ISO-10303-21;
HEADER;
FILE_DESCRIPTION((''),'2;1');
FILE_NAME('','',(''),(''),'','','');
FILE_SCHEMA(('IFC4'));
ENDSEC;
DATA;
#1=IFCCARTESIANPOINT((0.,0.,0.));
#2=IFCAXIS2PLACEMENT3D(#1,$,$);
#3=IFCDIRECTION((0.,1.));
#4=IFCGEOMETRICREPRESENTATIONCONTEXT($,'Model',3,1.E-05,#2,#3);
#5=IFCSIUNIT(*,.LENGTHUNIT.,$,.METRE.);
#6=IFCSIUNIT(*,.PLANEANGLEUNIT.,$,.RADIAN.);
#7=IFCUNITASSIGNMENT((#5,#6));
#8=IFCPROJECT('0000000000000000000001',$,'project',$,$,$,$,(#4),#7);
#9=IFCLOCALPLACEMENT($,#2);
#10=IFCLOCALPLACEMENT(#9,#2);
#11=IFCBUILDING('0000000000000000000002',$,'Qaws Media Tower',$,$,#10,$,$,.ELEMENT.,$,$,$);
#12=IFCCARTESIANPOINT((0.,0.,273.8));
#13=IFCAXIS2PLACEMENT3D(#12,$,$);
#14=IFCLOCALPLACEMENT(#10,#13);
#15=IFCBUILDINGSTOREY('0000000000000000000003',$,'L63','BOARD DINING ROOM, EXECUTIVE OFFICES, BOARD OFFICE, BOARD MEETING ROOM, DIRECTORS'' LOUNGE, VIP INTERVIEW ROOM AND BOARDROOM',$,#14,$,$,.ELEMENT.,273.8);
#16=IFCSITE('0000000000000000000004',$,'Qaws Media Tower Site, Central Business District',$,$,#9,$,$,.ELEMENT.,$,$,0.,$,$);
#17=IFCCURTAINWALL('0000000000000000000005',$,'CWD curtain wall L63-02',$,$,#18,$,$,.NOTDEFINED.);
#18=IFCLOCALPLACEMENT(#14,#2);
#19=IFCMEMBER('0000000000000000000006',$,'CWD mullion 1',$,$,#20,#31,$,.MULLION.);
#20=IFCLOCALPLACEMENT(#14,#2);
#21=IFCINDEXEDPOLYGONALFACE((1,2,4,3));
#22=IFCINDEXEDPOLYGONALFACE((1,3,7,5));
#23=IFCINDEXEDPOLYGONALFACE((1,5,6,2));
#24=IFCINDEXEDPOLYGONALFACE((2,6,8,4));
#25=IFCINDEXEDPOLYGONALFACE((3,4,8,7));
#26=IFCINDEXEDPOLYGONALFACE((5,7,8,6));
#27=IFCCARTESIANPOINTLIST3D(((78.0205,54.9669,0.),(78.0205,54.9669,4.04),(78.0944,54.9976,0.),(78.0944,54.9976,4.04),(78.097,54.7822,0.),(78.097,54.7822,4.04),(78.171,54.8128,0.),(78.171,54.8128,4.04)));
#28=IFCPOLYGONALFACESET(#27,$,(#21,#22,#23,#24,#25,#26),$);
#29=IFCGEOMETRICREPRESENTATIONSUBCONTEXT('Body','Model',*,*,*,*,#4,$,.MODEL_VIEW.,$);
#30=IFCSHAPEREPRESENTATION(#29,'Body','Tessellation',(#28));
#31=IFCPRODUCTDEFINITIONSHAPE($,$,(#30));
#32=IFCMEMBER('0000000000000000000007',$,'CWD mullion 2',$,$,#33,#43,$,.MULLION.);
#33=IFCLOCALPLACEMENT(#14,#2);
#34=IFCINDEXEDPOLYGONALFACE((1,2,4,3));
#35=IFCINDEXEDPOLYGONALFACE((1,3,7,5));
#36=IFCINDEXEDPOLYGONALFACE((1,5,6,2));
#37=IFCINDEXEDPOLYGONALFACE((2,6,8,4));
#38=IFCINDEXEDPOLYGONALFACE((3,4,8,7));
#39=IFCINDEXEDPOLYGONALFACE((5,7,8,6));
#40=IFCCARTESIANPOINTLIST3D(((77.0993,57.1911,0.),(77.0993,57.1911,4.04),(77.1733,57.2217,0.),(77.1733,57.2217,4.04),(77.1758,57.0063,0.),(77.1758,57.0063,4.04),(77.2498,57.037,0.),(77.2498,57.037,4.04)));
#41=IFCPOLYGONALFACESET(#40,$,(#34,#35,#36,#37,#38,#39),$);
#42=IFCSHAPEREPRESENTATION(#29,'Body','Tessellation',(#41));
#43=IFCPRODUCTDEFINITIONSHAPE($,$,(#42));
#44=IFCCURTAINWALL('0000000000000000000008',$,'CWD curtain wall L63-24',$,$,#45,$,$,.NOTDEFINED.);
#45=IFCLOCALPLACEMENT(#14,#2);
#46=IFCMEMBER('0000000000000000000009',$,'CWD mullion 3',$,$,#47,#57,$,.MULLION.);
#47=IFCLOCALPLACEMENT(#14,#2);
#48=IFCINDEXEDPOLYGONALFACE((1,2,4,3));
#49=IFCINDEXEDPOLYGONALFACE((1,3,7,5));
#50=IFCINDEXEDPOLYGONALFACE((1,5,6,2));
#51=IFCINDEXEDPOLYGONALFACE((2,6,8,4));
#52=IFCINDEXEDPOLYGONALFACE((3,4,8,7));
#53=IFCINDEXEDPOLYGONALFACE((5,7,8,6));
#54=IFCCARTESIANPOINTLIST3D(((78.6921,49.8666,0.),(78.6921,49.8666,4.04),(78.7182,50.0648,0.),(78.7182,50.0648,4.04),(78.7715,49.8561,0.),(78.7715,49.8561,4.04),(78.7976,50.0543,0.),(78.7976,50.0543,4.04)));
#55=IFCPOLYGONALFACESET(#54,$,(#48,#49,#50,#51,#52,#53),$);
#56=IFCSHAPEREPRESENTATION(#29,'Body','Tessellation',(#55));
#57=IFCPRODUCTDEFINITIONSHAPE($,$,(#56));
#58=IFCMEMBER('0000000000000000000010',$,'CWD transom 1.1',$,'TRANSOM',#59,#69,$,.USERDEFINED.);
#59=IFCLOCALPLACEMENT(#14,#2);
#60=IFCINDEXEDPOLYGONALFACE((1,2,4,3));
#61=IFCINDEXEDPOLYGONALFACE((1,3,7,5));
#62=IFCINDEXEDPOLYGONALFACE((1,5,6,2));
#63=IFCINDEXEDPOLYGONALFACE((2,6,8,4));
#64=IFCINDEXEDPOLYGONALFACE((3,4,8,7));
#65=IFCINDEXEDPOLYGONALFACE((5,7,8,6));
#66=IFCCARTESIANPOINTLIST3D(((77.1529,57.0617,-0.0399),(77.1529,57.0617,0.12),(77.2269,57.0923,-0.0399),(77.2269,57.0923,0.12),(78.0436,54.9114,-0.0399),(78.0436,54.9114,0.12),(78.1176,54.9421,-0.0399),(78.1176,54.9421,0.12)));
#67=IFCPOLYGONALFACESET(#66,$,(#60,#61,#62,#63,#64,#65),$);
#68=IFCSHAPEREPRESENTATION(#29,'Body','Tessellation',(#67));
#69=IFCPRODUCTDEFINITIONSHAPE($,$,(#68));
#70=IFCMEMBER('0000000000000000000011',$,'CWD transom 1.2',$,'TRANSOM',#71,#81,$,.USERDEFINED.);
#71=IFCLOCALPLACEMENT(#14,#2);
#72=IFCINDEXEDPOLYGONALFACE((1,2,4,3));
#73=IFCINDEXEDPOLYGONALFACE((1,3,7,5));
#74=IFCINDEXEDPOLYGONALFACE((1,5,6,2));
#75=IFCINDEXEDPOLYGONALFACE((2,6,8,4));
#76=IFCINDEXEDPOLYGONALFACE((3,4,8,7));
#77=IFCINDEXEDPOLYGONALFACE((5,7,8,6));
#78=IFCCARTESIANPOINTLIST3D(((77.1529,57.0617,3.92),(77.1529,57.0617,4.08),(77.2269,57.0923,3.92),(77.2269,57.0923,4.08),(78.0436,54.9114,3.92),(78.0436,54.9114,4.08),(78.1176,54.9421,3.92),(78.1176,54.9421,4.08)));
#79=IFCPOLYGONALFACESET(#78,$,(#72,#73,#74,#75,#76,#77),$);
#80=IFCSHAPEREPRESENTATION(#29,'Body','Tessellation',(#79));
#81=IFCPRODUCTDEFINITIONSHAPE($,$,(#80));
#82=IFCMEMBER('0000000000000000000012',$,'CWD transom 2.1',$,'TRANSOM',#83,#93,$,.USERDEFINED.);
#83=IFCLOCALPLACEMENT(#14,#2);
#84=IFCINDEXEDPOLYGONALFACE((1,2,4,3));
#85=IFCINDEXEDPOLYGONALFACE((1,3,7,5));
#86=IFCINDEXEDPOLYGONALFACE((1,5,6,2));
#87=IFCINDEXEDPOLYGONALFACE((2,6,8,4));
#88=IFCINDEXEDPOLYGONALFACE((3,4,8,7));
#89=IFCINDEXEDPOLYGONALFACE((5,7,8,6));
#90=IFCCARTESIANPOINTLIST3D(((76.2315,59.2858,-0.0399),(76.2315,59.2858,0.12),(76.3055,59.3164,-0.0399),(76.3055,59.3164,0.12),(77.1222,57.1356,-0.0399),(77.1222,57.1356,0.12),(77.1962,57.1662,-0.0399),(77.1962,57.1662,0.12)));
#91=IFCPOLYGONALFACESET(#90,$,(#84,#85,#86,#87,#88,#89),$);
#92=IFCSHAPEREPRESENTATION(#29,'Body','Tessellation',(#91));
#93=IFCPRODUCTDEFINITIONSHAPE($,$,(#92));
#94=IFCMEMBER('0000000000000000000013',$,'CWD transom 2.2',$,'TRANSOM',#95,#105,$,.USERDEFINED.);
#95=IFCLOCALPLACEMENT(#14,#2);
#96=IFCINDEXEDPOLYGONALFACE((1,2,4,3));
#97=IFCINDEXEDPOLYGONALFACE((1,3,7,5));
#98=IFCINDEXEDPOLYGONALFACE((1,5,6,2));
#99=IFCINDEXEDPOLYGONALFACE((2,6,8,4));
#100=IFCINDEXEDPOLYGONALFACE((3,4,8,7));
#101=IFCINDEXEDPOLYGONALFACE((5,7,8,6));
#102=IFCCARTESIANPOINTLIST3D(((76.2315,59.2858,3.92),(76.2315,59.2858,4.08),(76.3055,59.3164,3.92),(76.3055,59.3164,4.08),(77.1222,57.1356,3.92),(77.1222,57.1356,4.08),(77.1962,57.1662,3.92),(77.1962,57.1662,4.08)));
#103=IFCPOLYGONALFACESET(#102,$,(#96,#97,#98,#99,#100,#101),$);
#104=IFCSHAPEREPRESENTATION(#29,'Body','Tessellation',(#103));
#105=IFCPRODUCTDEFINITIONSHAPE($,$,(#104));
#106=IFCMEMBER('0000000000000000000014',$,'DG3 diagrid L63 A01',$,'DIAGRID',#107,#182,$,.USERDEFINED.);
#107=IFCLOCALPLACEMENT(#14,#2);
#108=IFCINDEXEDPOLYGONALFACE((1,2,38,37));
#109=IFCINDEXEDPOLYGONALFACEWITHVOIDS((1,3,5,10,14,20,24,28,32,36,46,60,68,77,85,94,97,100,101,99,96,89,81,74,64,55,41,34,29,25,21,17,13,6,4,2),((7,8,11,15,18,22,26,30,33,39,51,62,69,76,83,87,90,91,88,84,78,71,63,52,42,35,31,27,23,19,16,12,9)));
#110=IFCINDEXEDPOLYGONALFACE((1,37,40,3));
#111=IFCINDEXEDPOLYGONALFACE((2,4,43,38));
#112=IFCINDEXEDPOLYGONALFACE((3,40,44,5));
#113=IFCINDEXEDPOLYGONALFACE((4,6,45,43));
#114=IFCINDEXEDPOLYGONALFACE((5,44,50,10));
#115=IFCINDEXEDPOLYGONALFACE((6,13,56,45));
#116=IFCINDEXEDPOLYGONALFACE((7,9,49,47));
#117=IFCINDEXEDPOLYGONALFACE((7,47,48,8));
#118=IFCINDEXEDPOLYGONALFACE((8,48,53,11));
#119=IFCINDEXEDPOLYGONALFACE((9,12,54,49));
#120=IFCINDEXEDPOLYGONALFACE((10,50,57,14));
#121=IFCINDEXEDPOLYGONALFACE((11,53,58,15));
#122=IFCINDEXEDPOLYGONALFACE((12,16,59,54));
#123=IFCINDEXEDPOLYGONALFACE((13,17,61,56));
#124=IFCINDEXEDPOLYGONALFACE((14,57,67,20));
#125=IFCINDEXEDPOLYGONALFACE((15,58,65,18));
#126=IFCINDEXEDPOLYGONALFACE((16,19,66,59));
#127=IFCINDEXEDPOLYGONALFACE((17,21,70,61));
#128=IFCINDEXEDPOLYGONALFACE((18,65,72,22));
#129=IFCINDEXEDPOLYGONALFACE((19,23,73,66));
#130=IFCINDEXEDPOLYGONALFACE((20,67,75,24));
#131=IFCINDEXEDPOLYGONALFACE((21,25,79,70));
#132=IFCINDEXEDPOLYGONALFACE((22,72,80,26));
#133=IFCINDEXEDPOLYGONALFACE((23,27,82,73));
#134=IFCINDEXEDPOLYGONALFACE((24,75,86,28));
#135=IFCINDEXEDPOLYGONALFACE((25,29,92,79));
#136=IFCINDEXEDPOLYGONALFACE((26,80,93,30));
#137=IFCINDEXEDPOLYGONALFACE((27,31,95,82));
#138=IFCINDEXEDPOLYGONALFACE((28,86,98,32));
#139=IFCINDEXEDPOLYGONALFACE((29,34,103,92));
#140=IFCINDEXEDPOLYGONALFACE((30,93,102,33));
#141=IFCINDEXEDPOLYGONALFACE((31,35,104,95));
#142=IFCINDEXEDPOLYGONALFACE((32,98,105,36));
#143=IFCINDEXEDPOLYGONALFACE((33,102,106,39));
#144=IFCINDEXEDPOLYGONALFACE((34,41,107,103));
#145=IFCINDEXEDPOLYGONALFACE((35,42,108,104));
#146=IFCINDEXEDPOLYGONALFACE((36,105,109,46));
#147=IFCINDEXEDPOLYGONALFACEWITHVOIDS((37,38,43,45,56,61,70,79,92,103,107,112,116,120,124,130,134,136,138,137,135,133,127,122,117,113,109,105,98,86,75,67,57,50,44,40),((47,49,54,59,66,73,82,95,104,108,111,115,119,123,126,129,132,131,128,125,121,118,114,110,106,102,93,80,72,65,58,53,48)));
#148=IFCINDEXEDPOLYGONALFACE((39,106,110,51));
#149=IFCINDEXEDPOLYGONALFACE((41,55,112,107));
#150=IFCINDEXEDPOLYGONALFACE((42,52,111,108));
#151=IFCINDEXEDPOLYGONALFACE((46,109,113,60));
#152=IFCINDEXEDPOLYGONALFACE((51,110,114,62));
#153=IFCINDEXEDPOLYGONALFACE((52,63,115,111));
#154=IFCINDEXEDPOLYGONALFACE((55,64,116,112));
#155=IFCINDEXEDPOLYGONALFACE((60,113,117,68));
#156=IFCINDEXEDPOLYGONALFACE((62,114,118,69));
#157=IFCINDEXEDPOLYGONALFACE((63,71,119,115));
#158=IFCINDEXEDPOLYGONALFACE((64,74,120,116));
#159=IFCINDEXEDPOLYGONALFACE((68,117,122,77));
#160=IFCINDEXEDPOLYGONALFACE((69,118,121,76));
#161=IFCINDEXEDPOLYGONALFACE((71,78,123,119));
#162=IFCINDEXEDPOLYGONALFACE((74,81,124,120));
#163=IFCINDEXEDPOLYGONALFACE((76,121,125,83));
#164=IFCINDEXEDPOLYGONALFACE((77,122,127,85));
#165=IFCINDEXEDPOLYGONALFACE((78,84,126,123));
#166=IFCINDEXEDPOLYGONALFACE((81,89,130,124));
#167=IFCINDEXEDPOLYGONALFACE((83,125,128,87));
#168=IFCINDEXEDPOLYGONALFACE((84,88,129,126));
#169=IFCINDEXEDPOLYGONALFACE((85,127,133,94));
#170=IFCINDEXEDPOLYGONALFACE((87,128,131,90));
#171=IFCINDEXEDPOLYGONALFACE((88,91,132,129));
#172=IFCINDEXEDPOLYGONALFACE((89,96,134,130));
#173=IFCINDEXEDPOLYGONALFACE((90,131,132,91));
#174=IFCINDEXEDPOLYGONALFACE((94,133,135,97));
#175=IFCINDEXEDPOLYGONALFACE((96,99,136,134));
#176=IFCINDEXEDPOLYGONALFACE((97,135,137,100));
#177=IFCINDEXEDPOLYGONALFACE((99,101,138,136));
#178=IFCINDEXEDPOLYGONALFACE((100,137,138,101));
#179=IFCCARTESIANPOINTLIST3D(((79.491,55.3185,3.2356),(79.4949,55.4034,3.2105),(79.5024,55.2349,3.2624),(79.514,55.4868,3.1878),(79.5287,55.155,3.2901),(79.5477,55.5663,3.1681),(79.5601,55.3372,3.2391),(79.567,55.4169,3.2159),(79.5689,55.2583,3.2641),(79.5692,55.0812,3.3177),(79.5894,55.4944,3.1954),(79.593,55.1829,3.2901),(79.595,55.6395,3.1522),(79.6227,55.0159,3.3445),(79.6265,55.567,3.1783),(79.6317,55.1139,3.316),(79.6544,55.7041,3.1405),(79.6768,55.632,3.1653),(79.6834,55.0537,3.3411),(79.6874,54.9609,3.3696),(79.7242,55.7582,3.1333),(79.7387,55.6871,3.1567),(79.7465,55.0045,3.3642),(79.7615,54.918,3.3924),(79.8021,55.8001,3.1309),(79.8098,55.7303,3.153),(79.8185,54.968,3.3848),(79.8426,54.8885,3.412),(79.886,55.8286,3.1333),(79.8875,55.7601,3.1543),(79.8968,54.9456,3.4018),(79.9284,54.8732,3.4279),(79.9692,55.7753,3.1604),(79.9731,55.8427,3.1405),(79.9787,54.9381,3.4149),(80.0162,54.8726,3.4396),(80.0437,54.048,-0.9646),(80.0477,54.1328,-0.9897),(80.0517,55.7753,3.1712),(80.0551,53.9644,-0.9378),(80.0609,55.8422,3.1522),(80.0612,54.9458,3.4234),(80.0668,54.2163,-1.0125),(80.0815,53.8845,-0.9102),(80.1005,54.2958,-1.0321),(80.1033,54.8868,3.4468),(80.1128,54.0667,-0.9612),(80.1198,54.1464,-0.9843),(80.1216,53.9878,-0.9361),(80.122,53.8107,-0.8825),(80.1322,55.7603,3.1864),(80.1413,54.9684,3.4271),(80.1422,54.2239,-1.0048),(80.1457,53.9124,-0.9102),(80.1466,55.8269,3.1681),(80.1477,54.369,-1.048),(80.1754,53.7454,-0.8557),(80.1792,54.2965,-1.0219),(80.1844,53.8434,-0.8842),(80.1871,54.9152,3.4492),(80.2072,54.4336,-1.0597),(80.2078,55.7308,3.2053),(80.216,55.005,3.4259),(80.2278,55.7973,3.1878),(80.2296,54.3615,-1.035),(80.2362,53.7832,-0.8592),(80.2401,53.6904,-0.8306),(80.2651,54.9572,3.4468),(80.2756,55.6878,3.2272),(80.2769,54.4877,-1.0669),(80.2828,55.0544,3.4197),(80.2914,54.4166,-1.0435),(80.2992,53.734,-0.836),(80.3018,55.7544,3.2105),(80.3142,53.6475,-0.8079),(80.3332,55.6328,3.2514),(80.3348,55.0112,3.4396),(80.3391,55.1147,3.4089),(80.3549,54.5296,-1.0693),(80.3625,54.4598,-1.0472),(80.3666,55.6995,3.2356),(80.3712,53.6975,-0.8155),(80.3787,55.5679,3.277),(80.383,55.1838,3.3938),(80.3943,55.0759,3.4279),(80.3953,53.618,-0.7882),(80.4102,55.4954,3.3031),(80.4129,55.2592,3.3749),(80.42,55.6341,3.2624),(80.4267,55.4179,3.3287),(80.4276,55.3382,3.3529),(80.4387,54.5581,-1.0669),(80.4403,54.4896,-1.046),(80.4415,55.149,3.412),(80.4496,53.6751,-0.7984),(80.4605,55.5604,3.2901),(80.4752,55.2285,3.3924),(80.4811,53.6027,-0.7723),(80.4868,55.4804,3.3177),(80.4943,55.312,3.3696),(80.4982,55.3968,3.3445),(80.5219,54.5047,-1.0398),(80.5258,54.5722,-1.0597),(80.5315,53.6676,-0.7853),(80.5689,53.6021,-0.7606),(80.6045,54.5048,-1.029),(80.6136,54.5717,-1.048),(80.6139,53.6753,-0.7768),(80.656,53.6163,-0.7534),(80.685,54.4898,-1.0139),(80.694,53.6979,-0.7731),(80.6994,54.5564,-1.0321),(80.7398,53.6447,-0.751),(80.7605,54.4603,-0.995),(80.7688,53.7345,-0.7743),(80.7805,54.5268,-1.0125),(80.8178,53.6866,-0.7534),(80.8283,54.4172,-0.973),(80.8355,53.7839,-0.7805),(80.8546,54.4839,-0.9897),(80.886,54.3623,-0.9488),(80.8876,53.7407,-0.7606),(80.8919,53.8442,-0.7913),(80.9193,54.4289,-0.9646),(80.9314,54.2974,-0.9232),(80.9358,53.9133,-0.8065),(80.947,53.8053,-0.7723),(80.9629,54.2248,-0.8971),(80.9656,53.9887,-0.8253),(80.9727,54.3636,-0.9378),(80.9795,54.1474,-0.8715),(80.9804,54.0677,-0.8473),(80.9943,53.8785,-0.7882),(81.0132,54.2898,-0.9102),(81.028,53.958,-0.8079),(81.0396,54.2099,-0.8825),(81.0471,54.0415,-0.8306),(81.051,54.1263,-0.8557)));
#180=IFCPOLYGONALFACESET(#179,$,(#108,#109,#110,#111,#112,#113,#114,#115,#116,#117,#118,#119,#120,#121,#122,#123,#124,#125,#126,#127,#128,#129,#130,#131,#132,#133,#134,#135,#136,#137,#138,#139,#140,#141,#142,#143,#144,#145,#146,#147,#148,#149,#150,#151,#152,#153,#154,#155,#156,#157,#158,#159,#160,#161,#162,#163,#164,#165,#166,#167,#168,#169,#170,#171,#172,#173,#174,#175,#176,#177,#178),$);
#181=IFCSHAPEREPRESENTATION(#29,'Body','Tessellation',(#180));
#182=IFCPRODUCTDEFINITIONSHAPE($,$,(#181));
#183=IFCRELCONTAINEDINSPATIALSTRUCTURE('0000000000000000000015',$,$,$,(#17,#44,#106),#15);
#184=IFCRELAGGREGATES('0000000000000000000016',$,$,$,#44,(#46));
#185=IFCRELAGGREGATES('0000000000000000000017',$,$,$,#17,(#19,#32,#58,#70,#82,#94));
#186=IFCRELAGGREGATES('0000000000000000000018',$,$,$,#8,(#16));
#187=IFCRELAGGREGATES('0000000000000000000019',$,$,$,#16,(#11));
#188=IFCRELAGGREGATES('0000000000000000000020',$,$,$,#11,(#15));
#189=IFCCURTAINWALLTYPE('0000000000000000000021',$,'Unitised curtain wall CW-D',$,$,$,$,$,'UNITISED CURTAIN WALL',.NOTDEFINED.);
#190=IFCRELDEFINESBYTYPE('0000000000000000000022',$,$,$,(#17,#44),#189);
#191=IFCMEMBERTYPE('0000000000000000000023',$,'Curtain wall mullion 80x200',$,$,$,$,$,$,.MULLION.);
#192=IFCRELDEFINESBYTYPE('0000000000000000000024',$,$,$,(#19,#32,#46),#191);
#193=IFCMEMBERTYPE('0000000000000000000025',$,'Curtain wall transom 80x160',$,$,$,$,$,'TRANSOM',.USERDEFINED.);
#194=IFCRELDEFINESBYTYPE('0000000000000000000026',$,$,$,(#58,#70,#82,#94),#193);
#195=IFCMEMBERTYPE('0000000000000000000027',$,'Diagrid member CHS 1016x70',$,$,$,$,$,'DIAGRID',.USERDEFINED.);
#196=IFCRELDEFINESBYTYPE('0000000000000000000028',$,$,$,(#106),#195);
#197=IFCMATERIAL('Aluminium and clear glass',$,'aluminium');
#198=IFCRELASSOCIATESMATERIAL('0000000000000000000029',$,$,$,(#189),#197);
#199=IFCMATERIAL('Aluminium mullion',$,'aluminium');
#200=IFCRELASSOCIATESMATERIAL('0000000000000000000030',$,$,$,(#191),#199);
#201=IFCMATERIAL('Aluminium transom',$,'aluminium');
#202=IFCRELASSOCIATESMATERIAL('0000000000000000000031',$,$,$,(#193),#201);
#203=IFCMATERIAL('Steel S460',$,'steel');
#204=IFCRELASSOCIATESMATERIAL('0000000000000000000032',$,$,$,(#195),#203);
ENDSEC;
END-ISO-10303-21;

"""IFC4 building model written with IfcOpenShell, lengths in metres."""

from ifc_helpers import new_model, si_unit, direction, frame, origin, origin_2d, place, context, subcontext, project, spatial, rectangle, hollow_circle, extrude, material, material_profile, profile_set, type_object, element, aggregate, save


model = new_model("IFC4")

# Units and contexts
model_context = context("Model", 3, precision=1e-05, world=origin(), true_north=direction((0.0, 1.0)))
body_context = subcontext(model_context, "Body", "Model", "MODEL_VIEW")
ifc_project = project(units=[si_unit("LENGTHUNIT", "METRE"), si_unit("PLANEANGLEUNIT", "RADIAN")], contexts=[model_context])

# Site, building, storey
site_placement = place(None, origin())
site = spatial("IfcSite", under=ifc_project, at=site_placement, Name="Qaws Media Tower Site, Central Business District", CompositionType="ELEMENT", RefElevation=0.0)
building_placement = place(site_placement, origin())
building = spatial("IfcBuilding", under=site, at=building_placement, Name="Qaws Media Tower", CompositionType="ELEMENT")
storey_placement = place(building_placement, frame((0.0, 0.0, 273.8)))
storey = spatial("IfcBuildingStorey", under=building, at=storey_placement, Name="L63", Description="BOARD DINING ROOM, EXECUTIVE OFFICES, BOARD OFFICE, BOARD MEETING ROOM, DIRECTORS' LOUNGE, VIP INTERVIEW ROOM AND BOARDROOM", CompositionType="ELEMENT", Elevation=273.8)

# Curtain wall, members
ifc_material_1 = material(Name="Aluminium and clear glass", Category="aluminium")
curtain_wall_type = type_object("IfcCurtainWallType", Name="Unitised curtain wall CW-D", ElementType="UNITISED CURTAIN WALL", PredefinedType="NOTDEFINED", material=ifc_material_1)
curtain_wall_1_placement = place(storey_placement, origin())
curtain_wall_1 = element("IfcCurtainWall", 1, at=curtain_wall_1_placement, inside=storey, type_object=curtain_wall_type, Name="CWD curtain wall L63-02", PredefinedType="NOTDEFINED")
ifc_material_2 = material(Name="Aluminium mullion", Category="aluminium")
ifc_material_profile_1 = material_profile(ifc_material_2, rectangle(XDim=0.0801, YDim=0.2, at=origin_2d()), Name="80x200")
ifc_profile_set_1 = profile_set([ifc_material_profile_1], Name="Aluminium mullion")
member_type_1 = type_object("IfcMemberType", Name="Curtain wall mullion 80x200", PredefinedType="MULLION", material=ifc_profile_set_1)
member_1_placement = place(storey_placement, frame((78.0957, 54.8899, 0.0), z_axis=(0.0, 0.0, 1.0), x_axis=(-0.92388, -0.382683, 0.0)))
member_1 = element("IfcMember", 2, at=member_1_placement, type_object=member_type_1, Name="CWD mullion 1", PredefinedType="MULLION", context=body_context, shape_type="SweptSolid", body=[
    extrude(rectangle(XDim=0.0801, YDim=0.2, at=origin_2d()), origin(), (0.0, 0.0, 1.0), 4.04),
])
member_2_placement = place(storey_placement, frame((77.1746, 57.114, 0.0), z_axis=(0.0, 0.0, 1.0), x_axis=(-0.92388, -0.382683, 0.0)))
member_2 = element("IfcMember", 3, at=member_2_placement, type_object=member_type_1, Name="CWD mullion 2", PredefinedType="MULLION", context=body_context, shape_type="SweptSolid", body=[
    extrude(rectangle(XDim=0.0801, YDim=0.2, at=origin_2d()), origin(), (0.0, 0.0, 1.0), 4.04),
])

# Curtain wall, member
curtain_wall_2_placement = place(storey_placement, origin())
curtain_wall_2 = element("IfcCurtainWall", 4, at=curtain_wall_2_placement, inside=storey, type_object=curtain_wall_type, Name="CWD curtain wall L63-24", PredefinedType="NOTDEFINED")
member_3_placement = place(storey_placement, frame((78.7449, 49.9604, 0.0), z_axis=(0.0, 0.0, 1.0), x_axis=(-0.991445, 0.130526, 0.0)))
member_3 = element("IfcMember", 5, at=member_3_placement, type_object=member_type_1, Name="CWD mullion 3", PredefinedType="MULLION", context=body_context, shape_type="SweptSolid", body=[
    extrude(rectangle(XDim=0.0801, YDim=0.2, at=origin_2d()), origin(), (0.0, 0.0, 1.0), 4.04),
])
aggregate(curtain_wall_2, [member_3])

# Members
ifc_material_3 = material(Name="Aluminium transom", Category="aluminium")
ifc_material_profile_2 = material_profile(ifc_material_3, rectangle(XDim=0.0801, YDim=0.1599, at=origin_2d()), Name="80x160")
ifc_profile_set_2 = profile_set([ifc_material_profile_2], Name="Aluminium transom")
member_type_2 = type_object("IfcMemberType", Name="Curtain wall transom 80x160", ElementType="TRANSOM", PredefinedType="USERDEFINED", material=ifc_profile_set_2)
member_4_placement = place(storey_placement, frame((78.0806, 54.9268, 0.04), z_axis=(-0.382685, 0.923879, 0.0), x_axis=(-0.923879, -0.382685, 0.0)))
member_4 = element("IfcMember", 6, at=member_4_placement, type_object=member_type_2, Name="CWD transom 1.1", ObjectType="TRANSOM", PredefinedType="USERDEFINED", context=body_context, shape_type="SweptSolid", body=[
    extrude(rectangle(XDim=0.0801, YDim=0.1599, at=origin_2d()), origin(), (0.0, 0.0, 1.0), 2.3274),
])
member_5_placement = place(storey_placement, frame((78.0806, 54.9268, 4.0), z_axis=(-0.382685, 0.923879, 0.0), x_axis=(-0.923879, -0.382685, 0.0)))
member_5 = element("IfcMember", 7, at=member_5_placement, type_object=member_type_2, Name="CWD transom 1.2", ObjectType="TRANSOM", PredefinedType="USERDEFINED", context=body_context, shape_type="SweptSolid", body=[
    extrude(rectangle(XDim=0.0801, YDim=0.1599, at=origin_2d()), origin(), (0.0, 0.0, 1.0), 2.3274),
])
member_6_placement = place(storey_placement, frame((77.1592, 57.1509, 0.04), z_axis=(-0.382685, 0.923879, 0.0), x_axis=(-0.923879, -0.382685, 0.0)))
member_6 = element("IfcMember", 8, at=member_6_placement, type_object=member_type_2, Name="CWD transom 2.1", ObjectType="TRANSOM", PredefinedType="USERDEFINED", context=body_context, shape_type="SweptSolid", body=[
    extrude(rectangle(XDim=0.0801, YDim=0.1599, at=origin_2d()), origin(), (0.0, 0.0, 1.0), 2.3274),
])
member_7_placement = place(storey_placement, frame((77.1592, 57.1509, 4.0), z_axis=(-0.382685, 0.923879, 0.0), x_axis=(-0.923879, -0.382685, 0.0)))
member_7 = element("IfcMember", 9, at=member_7_placement, type_object=member_type_2, Name="CWD transom 2.2", ObjectType="TRANSOM", PredefinedType="USERDEFINED", context=body_context, shape_type="SweptSolid", body=[
    extrude(rectangle(XDim=0.0801, YDim=0.1599, at=origin_2d()), origin(), (0.0, 0.0, 1.0), 2.3274),
])

# Member
ifc_material_4 = material(Name="Steel S460", Category="steel")
ifc_material_profile_3 = material_profile(ifc_material_4, hollow_circle(Radius=0.5081, WallThickness=0.0701, at=origin_2d()), Name="CHS 1016x70")
ifc_profile_set_3 = profile_set([ifc_material_profile_3], Name="Steel S460")
member_type_3 = type_object("IfcMemberType", Name="Diagrid member CHS 1016x70", ElementType="DIAGRID", PredefinedType="USERDEFINED", material=ifc_profile_set_3)
for number, where, z_axis, x_axis, name in (
    (10, (80.5474, 54.0872, -0.9102), (-0.124973, 0.287262, 0.949664), (-0.91698, -0.398932, 0.0), "DG3 diagrid L63 A01"),
):
    element("IfcMember", number, at=place(storey_placement, frame(where, z_axis=z_axis, x_axis=x_axis)), inside=storey, type_object=member_type_3, Name=name, ObjectType="DIAGRID", PredefinedType="USERDEFINED", context=body_context, shape_type="SweptSolid", body=[
        extrude(hollow_circle(Radius=0.5081, WallThickness=0.0701, at=origin_2d()), origin(), (0.0, 0.0, 1.0), 4.4229),
    ])

aggregate(curtain_wall_1, [member_1, member_2, member_4, member_5, member_6, member_7])

save(model, "model.ifc")
